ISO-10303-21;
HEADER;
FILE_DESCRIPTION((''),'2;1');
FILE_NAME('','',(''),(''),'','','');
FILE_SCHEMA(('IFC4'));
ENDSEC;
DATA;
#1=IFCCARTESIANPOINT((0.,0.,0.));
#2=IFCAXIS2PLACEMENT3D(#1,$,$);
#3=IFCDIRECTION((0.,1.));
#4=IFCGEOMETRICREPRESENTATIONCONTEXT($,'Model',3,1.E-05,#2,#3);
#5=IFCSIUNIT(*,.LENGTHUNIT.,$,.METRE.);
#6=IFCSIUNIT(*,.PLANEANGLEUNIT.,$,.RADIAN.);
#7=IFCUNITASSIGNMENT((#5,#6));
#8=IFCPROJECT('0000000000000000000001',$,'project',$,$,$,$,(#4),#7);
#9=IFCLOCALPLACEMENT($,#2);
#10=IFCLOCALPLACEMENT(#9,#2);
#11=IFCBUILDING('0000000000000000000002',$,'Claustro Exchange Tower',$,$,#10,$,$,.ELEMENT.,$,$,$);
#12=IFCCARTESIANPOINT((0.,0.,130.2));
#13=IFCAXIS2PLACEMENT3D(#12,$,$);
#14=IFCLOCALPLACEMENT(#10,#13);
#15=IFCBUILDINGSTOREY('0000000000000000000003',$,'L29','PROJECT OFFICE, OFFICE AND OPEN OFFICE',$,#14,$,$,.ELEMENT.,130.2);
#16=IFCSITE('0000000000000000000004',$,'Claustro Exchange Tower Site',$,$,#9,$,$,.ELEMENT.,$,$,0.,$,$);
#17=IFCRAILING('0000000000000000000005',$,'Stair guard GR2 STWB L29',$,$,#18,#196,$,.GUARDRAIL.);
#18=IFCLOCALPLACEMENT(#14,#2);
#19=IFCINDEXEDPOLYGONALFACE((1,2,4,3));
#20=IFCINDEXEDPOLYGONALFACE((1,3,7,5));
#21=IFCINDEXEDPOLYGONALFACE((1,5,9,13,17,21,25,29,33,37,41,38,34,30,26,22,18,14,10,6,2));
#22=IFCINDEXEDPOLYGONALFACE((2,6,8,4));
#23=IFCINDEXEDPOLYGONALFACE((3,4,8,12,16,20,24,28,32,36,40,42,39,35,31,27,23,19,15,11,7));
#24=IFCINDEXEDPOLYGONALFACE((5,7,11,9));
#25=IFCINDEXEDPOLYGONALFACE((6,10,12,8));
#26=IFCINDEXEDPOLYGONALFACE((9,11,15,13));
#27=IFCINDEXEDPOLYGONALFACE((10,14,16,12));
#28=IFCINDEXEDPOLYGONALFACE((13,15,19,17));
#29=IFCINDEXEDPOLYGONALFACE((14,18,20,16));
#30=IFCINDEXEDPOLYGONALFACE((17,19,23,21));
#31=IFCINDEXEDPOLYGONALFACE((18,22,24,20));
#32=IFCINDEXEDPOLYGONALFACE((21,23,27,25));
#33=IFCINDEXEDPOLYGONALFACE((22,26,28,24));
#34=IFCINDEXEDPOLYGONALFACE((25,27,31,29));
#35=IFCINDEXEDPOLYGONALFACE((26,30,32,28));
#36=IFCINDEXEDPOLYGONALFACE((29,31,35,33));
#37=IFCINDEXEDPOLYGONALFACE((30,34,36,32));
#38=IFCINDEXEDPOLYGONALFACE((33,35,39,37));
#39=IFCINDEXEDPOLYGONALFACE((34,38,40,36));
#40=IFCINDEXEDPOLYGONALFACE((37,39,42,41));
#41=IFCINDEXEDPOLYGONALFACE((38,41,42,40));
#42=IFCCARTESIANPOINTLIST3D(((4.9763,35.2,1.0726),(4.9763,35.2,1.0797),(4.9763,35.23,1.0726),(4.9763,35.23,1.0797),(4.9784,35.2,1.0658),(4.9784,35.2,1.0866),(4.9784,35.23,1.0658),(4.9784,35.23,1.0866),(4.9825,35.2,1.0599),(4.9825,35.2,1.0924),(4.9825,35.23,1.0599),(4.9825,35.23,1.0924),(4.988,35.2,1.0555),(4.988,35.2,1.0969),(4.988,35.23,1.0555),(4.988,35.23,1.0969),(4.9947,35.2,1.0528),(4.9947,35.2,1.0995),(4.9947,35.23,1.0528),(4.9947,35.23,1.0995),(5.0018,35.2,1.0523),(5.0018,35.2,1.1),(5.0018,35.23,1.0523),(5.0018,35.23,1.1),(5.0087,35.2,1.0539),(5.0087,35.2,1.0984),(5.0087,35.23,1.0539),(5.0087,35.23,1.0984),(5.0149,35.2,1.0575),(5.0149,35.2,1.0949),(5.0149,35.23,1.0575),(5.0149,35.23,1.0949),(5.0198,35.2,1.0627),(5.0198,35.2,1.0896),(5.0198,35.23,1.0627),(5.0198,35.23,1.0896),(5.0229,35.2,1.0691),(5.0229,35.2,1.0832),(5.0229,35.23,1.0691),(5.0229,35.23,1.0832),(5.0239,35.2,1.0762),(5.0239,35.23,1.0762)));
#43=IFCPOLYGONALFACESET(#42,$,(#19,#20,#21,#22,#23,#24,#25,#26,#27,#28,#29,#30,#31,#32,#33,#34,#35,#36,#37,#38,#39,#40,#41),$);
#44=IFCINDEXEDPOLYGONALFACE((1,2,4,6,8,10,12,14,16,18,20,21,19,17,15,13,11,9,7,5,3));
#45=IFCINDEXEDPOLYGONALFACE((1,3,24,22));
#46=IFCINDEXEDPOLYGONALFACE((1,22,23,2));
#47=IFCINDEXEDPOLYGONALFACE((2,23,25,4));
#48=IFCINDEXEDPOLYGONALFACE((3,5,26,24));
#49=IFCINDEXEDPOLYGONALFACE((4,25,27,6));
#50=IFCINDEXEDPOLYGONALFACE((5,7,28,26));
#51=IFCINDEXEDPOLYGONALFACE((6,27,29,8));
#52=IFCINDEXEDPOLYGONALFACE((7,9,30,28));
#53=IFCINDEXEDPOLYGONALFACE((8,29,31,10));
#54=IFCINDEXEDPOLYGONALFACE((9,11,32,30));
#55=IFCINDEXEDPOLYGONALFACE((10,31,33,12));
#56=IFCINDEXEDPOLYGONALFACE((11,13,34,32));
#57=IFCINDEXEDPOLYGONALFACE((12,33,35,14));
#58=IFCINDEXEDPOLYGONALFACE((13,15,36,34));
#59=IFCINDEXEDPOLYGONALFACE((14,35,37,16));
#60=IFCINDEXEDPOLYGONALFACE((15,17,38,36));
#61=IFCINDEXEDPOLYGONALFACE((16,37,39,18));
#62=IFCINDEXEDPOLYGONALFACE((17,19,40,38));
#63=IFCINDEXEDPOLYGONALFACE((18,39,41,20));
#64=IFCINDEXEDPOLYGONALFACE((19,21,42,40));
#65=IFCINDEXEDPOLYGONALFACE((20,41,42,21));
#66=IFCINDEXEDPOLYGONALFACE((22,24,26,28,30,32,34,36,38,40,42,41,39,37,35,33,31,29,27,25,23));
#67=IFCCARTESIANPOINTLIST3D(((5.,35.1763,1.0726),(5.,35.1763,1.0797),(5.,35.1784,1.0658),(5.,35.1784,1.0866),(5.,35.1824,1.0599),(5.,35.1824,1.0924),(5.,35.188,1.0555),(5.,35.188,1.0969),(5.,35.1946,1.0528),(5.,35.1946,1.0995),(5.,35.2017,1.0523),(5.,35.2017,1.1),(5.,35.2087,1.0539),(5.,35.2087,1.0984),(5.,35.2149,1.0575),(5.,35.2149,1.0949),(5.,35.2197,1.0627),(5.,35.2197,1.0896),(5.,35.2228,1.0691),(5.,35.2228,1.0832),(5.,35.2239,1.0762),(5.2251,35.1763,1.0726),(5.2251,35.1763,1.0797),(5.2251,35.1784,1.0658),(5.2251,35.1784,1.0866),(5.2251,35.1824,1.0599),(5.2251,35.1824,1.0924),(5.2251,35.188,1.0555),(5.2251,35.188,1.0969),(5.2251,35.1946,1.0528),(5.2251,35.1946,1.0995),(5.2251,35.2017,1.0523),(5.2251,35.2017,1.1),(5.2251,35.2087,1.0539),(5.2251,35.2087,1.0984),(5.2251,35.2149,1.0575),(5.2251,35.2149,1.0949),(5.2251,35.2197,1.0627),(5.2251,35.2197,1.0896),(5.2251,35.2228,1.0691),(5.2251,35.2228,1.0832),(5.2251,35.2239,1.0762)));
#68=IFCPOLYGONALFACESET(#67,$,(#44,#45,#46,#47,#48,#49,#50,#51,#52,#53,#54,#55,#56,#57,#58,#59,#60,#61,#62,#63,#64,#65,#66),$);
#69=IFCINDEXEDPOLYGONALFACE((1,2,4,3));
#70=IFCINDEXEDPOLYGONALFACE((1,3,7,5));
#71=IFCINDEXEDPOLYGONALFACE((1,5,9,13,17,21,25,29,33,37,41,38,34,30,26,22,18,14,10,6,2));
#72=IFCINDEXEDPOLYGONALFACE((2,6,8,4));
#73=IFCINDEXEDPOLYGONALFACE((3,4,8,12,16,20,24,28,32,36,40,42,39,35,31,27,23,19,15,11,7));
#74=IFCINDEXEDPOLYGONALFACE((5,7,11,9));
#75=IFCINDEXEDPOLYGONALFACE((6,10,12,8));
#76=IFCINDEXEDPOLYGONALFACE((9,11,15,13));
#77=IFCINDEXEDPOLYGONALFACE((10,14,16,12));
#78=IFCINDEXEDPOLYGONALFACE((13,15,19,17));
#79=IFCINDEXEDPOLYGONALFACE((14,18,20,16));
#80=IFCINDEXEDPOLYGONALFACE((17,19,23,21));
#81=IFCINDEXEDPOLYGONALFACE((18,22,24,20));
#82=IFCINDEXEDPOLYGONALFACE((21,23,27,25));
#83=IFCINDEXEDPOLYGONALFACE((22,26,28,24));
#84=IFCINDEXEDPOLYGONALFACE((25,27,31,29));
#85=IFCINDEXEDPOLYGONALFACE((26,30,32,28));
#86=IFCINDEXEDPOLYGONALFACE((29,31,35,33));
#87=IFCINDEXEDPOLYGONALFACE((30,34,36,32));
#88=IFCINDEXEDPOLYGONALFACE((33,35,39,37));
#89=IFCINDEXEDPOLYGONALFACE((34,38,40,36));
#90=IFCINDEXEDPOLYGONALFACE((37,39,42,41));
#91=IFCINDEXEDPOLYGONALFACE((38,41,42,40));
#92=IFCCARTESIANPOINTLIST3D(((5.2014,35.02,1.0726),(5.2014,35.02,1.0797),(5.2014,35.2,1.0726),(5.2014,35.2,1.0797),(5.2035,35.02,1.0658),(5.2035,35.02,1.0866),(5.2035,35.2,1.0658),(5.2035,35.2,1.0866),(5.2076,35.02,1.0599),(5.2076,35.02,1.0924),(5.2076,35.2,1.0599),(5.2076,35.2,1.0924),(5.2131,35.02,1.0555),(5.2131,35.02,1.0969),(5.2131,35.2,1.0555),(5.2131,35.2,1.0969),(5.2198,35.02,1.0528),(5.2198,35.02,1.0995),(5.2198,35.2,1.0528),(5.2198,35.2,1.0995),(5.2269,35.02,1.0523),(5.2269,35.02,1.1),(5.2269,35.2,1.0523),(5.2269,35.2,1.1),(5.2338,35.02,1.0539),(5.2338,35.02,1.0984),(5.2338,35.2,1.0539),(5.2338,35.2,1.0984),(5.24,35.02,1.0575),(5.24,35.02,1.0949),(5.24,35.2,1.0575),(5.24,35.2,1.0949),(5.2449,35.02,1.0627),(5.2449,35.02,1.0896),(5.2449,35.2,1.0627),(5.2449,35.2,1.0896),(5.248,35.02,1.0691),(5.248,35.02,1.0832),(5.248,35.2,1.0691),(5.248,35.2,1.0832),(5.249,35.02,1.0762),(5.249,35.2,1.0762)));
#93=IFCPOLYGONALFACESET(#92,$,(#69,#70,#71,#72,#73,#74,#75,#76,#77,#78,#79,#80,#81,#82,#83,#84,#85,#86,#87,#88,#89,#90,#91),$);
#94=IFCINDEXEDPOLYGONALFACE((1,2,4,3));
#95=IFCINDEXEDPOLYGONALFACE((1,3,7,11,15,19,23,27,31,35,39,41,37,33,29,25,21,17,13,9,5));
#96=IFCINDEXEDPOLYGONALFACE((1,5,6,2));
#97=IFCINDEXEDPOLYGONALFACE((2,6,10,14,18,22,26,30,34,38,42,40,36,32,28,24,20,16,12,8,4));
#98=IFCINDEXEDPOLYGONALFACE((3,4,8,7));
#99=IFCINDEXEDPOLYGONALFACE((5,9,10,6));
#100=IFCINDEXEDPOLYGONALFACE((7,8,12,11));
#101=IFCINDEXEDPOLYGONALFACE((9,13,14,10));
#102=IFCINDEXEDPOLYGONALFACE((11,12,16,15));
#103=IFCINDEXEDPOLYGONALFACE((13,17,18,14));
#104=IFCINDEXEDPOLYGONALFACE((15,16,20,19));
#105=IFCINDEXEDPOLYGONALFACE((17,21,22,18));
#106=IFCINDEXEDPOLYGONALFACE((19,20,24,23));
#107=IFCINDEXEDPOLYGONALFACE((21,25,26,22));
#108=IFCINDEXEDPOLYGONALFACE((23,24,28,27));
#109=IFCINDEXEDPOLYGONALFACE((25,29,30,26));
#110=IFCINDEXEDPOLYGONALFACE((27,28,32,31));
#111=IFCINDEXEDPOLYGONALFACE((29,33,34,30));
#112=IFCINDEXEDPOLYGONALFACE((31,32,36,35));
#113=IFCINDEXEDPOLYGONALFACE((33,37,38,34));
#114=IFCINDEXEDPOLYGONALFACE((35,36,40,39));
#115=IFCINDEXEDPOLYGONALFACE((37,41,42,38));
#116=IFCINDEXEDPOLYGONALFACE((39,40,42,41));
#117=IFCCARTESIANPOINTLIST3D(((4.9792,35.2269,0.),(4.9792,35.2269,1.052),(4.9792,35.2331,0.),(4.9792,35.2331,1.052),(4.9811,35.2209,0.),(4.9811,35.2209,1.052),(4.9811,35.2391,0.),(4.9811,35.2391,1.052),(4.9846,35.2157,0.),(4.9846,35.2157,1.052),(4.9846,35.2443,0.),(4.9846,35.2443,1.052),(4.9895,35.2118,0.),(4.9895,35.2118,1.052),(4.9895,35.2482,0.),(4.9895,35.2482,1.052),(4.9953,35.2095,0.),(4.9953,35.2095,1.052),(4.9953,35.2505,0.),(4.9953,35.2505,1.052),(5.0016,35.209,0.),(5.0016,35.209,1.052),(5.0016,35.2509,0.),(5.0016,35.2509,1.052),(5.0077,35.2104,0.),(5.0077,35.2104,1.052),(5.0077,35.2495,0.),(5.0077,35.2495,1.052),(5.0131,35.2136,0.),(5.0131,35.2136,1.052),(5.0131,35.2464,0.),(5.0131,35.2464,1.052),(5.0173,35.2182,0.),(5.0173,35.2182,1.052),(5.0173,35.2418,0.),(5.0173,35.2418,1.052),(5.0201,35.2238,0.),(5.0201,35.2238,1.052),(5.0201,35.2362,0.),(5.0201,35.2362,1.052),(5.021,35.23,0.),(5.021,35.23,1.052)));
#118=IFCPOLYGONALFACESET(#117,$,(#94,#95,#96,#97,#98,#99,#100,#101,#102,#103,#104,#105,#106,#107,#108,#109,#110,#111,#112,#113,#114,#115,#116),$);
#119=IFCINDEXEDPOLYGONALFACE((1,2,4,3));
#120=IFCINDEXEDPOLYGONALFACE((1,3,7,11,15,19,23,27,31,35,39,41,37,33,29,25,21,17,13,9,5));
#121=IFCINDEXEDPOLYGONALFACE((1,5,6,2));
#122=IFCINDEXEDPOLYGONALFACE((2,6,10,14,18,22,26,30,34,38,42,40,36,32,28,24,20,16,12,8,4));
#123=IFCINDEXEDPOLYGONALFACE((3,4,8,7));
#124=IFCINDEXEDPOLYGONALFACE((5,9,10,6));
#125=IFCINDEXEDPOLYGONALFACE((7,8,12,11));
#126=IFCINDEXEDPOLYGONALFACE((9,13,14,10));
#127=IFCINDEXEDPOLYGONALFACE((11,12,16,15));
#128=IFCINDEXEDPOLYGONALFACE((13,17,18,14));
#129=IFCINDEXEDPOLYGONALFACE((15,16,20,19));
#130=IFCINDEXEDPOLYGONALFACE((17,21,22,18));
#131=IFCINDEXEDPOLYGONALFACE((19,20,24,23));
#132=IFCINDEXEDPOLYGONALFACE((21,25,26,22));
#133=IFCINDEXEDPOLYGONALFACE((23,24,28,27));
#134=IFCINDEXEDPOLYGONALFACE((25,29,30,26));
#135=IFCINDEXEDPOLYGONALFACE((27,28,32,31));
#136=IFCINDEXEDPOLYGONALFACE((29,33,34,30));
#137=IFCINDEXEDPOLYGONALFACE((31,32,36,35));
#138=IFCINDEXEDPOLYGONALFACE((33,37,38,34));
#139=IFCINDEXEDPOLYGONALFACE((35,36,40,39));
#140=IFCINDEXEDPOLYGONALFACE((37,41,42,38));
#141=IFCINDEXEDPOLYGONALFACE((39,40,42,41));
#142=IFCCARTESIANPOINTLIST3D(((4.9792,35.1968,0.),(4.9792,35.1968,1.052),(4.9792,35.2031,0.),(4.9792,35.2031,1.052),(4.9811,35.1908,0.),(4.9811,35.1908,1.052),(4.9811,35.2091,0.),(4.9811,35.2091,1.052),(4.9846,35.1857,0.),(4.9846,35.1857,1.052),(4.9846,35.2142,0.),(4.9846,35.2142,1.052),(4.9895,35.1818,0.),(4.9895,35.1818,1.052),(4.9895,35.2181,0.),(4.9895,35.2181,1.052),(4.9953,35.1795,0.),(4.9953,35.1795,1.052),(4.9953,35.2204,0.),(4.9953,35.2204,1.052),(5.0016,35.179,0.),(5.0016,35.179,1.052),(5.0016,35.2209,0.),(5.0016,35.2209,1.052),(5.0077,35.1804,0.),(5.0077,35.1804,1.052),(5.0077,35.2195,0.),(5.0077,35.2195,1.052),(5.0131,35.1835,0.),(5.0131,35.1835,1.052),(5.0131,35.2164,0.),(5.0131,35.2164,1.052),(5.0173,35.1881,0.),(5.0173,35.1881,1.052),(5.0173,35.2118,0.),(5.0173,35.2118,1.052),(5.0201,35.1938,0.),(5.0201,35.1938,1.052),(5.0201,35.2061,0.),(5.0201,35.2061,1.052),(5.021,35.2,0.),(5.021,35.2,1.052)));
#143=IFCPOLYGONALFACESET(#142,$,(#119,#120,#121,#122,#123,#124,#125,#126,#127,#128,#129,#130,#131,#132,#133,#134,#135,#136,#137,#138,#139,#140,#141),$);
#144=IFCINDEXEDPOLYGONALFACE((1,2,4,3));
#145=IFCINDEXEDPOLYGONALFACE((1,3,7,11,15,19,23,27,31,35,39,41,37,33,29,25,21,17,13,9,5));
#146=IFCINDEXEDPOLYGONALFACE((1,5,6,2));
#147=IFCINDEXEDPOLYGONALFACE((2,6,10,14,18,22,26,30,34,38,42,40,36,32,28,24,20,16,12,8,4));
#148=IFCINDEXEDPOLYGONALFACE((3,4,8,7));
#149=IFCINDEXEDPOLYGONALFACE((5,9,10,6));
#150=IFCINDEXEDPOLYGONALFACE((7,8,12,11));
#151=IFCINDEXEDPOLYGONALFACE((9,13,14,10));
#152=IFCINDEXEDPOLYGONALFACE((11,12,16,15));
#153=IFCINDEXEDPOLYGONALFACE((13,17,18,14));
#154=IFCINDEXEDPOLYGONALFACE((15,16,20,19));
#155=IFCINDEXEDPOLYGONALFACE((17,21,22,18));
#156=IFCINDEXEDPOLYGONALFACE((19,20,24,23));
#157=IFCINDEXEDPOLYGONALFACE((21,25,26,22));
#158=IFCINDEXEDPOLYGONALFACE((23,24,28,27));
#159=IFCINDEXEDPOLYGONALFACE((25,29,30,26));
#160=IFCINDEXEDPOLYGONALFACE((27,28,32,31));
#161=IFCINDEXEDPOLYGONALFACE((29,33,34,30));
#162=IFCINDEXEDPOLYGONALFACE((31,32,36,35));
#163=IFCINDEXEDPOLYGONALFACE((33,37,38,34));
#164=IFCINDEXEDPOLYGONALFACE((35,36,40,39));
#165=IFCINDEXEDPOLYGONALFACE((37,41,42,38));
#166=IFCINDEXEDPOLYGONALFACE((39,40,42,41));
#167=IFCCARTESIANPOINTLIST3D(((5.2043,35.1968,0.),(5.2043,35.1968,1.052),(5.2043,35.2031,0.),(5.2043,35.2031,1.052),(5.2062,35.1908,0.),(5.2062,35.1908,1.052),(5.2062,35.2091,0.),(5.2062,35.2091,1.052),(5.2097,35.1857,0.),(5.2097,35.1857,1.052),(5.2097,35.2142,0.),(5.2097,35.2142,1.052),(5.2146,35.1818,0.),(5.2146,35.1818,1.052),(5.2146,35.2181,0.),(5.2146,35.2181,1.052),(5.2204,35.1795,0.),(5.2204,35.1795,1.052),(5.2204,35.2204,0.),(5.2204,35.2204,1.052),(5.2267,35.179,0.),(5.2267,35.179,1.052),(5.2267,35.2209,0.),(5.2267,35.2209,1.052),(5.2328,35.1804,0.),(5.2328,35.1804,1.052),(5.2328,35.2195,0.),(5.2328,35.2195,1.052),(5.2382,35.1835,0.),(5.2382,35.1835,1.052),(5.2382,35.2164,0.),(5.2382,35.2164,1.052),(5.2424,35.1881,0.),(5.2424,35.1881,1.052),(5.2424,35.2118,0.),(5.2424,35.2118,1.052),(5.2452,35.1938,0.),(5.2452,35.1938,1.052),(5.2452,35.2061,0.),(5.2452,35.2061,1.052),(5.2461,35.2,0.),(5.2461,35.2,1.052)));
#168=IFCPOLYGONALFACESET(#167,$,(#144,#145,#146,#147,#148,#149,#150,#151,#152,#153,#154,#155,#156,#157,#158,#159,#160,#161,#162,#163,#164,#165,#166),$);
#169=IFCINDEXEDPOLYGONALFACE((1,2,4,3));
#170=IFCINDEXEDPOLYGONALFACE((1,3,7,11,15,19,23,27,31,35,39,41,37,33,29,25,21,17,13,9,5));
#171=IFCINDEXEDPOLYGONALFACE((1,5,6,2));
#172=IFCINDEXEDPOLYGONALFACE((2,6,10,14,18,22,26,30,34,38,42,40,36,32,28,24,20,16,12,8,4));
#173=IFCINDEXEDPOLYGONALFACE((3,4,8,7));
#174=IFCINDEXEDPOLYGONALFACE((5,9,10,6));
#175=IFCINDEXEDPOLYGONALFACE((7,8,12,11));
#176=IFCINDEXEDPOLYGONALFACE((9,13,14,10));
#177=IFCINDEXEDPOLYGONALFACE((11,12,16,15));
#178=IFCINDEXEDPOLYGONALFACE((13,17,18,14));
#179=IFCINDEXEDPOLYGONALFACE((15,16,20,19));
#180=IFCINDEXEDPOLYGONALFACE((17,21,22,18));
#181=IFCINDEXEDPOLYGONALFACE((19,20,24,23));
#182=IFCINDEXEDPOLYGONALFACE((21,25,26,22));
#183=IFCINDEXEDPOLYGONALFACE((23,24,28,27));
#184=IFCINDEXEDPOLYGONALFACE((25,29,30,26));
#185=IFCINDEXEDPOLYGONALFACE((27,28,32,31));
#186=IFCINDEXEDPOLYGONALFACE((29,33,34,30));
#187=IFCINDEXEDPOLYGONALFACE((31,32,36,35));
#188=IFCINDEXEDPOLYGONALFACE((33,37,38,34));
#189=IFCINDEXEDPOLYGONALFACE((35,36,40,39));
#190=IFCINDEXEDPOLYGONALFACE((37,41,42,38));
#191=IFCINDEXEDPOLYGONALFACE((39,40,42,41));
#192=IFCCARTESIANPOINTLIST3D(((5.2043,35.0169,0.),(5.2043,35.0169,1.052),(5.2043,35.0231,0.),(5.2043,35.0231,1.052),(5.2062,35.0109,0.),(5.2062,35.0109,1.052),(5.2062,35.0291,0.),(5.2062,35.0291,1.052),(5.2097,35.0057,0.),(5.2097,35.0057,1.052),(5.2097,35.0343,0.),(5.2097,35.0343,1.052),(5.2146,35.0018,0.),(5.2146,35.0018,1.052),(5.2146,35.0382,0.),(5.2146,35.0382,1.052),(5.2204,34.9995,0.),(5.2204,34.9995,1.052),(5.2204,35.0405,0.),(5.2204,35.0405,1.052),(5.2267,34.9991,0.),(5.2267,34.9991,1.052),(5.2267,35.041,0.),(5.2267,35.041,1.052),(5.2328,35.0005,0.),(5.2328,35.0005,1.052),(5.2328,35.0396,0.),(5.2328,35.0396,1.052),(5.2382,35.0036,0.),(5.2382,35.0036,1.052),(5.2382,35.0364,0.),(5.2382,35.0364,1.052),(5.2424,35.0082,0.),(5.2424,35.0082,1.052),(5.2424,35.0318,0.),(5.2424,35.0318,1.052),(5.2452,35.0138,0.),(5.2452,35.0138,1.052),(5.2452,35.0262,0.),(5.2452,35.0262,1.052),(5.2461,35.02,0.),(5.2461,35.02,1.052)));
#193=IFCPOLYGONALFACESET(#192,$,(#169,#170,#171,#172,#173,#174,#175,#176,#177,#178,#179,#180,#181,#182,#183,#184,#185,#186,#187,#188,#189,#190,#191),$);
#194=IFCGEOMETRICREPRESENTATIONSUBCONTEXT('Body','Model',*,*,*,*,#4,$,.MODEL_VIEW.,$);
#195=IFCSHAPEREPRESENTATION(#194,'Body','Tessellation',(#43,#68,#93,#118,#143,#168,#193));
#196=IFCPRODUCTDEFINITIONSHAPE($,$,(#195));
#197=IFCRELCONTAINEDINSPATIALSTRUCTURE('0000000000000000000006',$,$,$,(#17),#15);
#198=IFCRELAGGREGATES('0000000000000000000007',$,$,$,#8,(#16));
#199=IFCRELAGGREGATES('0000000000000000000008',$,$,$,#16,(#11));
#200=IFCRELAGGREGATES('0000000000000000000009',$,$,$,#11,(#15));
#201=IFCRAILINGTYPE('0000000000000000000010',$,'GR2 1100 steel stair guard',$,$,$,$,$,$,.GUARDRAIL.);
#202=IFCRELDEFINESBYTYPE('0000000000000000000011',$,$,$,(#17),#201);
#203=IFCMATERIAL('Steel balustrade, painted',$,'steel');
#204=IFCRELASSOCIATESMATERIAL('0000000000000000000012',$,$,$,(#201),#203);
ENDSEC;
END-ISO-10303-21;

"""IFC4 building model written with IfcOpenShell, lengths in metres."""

from ifc_helpers import new_model, si_unit, direction, frame, origin, origin_2d, place, context, subcontext, project, spatial, circle, extrude, material, type_object, element, save


model = new_model("IFC4")

# Units and contexts
model_context = context("Model", 3, precision=1e-05, world=origin(), true_north=direction((0.0, 1.0)))
body_context = subcontext(model_context, "Body", "Model", "MODEL_VIEW")
ifc_project = project(units=[si_unit("LENGTHUNIT", "METRE"), si_unit("PLANEANGLEUNIT", "RADIAN")], contexts=[model_context])

# Site, building, storey
site_placement = place(None, origin())
site = spatial("IfcSite", under=ifc_project, at=site_placement, Name="Claustro Exchange Tower Site", CompositionType="ELEMENT", RefElevation=0.0)
building_placement = place(site_placement, origin())
building = spatial("IfcBuilding", under=site, at=building_placement, Name="Claustro Exchange Tower", CompositionType="ELEMENT")
storey_placement = place(building_placement, frame((0.0, 0.0, 130.2)))
storey = spatial("IfcBuildingStorey", under=building, at=storey_placement, Name="L29", Description="PROJECT OFFICE, OFFICE AND OPEN OFFICE", CompositionType="ELEMENT", Elevation=130.2)

# Railing
ifc_material_1 = material(Name="Steel balustrade, painted", Category="steel")
railing_type_1 = type_object("IfcRailingType", Name="GR2 1100 steel stair guard", PredefinedType="GUARDRAIL", material=ifc_material_1)
railing_1_placement = place(storey_placement, frame((5.0, 35.23, 0.0)))
element("IfcRailing", 1, at=railing_1_placement, inside=storey, type_object=railing_type_1, Name="Stair guard GR2 STWB L29", PredefinedType="GUARDRAIL", context=body_context, shape_type="SweptSolid", body=[
    extrude(circle(Radius=0.0239, at=origin_2d()), frame((0.0, 0.0, 1.0762), z_axis=(0.0, -1.0, 0.0), x_axis=(1.0, 0.0, 0.0)), (0.0, 0.0, 1.0), 0.03),
    extrude(circle(Radius=0.0239, at=origin_2d()), frame((0.0, -0.03, 1.0762), z_axis=(1.0, 0.0, 0.0), x_axis=(0.0, 1.0, 0.0)), (0.0, 0.0, 1.0), 0.2251),
    extrude(circle(Radius=0.0239, at=origin_2d()), frame((0.2251, -0.03, 1.0762), z_axis=(0.0, -1.0, 0.0), x_axis=(1.0, 0.0, 0.0)), (0.0, 0.0, 1.0), 0.1799),
    extrude(circle(Radius=0.021, at=origin_2d()), origin(), (0.0, 0.0, 1.0), 1.052),
    extrude(circle(Radius=0.021, at=origin_2d()), frame((0.0, -0.03, 0.0)), (0.0, 0.0, 1.0), 1.052),
    extrude(circle(Radius=0.021, at=origin_2d()), frame((0.2251, -0.03, 0.0)), (0.0, 0.0, 1.0), 1.052),
    extrude(circle(Radius=0.021, at=origin_2d()), frame((0.2251, -0.21, 0.0)), (0.0, 0.0, 1.0), 1.052),
])

save(model, "model.ifc")
